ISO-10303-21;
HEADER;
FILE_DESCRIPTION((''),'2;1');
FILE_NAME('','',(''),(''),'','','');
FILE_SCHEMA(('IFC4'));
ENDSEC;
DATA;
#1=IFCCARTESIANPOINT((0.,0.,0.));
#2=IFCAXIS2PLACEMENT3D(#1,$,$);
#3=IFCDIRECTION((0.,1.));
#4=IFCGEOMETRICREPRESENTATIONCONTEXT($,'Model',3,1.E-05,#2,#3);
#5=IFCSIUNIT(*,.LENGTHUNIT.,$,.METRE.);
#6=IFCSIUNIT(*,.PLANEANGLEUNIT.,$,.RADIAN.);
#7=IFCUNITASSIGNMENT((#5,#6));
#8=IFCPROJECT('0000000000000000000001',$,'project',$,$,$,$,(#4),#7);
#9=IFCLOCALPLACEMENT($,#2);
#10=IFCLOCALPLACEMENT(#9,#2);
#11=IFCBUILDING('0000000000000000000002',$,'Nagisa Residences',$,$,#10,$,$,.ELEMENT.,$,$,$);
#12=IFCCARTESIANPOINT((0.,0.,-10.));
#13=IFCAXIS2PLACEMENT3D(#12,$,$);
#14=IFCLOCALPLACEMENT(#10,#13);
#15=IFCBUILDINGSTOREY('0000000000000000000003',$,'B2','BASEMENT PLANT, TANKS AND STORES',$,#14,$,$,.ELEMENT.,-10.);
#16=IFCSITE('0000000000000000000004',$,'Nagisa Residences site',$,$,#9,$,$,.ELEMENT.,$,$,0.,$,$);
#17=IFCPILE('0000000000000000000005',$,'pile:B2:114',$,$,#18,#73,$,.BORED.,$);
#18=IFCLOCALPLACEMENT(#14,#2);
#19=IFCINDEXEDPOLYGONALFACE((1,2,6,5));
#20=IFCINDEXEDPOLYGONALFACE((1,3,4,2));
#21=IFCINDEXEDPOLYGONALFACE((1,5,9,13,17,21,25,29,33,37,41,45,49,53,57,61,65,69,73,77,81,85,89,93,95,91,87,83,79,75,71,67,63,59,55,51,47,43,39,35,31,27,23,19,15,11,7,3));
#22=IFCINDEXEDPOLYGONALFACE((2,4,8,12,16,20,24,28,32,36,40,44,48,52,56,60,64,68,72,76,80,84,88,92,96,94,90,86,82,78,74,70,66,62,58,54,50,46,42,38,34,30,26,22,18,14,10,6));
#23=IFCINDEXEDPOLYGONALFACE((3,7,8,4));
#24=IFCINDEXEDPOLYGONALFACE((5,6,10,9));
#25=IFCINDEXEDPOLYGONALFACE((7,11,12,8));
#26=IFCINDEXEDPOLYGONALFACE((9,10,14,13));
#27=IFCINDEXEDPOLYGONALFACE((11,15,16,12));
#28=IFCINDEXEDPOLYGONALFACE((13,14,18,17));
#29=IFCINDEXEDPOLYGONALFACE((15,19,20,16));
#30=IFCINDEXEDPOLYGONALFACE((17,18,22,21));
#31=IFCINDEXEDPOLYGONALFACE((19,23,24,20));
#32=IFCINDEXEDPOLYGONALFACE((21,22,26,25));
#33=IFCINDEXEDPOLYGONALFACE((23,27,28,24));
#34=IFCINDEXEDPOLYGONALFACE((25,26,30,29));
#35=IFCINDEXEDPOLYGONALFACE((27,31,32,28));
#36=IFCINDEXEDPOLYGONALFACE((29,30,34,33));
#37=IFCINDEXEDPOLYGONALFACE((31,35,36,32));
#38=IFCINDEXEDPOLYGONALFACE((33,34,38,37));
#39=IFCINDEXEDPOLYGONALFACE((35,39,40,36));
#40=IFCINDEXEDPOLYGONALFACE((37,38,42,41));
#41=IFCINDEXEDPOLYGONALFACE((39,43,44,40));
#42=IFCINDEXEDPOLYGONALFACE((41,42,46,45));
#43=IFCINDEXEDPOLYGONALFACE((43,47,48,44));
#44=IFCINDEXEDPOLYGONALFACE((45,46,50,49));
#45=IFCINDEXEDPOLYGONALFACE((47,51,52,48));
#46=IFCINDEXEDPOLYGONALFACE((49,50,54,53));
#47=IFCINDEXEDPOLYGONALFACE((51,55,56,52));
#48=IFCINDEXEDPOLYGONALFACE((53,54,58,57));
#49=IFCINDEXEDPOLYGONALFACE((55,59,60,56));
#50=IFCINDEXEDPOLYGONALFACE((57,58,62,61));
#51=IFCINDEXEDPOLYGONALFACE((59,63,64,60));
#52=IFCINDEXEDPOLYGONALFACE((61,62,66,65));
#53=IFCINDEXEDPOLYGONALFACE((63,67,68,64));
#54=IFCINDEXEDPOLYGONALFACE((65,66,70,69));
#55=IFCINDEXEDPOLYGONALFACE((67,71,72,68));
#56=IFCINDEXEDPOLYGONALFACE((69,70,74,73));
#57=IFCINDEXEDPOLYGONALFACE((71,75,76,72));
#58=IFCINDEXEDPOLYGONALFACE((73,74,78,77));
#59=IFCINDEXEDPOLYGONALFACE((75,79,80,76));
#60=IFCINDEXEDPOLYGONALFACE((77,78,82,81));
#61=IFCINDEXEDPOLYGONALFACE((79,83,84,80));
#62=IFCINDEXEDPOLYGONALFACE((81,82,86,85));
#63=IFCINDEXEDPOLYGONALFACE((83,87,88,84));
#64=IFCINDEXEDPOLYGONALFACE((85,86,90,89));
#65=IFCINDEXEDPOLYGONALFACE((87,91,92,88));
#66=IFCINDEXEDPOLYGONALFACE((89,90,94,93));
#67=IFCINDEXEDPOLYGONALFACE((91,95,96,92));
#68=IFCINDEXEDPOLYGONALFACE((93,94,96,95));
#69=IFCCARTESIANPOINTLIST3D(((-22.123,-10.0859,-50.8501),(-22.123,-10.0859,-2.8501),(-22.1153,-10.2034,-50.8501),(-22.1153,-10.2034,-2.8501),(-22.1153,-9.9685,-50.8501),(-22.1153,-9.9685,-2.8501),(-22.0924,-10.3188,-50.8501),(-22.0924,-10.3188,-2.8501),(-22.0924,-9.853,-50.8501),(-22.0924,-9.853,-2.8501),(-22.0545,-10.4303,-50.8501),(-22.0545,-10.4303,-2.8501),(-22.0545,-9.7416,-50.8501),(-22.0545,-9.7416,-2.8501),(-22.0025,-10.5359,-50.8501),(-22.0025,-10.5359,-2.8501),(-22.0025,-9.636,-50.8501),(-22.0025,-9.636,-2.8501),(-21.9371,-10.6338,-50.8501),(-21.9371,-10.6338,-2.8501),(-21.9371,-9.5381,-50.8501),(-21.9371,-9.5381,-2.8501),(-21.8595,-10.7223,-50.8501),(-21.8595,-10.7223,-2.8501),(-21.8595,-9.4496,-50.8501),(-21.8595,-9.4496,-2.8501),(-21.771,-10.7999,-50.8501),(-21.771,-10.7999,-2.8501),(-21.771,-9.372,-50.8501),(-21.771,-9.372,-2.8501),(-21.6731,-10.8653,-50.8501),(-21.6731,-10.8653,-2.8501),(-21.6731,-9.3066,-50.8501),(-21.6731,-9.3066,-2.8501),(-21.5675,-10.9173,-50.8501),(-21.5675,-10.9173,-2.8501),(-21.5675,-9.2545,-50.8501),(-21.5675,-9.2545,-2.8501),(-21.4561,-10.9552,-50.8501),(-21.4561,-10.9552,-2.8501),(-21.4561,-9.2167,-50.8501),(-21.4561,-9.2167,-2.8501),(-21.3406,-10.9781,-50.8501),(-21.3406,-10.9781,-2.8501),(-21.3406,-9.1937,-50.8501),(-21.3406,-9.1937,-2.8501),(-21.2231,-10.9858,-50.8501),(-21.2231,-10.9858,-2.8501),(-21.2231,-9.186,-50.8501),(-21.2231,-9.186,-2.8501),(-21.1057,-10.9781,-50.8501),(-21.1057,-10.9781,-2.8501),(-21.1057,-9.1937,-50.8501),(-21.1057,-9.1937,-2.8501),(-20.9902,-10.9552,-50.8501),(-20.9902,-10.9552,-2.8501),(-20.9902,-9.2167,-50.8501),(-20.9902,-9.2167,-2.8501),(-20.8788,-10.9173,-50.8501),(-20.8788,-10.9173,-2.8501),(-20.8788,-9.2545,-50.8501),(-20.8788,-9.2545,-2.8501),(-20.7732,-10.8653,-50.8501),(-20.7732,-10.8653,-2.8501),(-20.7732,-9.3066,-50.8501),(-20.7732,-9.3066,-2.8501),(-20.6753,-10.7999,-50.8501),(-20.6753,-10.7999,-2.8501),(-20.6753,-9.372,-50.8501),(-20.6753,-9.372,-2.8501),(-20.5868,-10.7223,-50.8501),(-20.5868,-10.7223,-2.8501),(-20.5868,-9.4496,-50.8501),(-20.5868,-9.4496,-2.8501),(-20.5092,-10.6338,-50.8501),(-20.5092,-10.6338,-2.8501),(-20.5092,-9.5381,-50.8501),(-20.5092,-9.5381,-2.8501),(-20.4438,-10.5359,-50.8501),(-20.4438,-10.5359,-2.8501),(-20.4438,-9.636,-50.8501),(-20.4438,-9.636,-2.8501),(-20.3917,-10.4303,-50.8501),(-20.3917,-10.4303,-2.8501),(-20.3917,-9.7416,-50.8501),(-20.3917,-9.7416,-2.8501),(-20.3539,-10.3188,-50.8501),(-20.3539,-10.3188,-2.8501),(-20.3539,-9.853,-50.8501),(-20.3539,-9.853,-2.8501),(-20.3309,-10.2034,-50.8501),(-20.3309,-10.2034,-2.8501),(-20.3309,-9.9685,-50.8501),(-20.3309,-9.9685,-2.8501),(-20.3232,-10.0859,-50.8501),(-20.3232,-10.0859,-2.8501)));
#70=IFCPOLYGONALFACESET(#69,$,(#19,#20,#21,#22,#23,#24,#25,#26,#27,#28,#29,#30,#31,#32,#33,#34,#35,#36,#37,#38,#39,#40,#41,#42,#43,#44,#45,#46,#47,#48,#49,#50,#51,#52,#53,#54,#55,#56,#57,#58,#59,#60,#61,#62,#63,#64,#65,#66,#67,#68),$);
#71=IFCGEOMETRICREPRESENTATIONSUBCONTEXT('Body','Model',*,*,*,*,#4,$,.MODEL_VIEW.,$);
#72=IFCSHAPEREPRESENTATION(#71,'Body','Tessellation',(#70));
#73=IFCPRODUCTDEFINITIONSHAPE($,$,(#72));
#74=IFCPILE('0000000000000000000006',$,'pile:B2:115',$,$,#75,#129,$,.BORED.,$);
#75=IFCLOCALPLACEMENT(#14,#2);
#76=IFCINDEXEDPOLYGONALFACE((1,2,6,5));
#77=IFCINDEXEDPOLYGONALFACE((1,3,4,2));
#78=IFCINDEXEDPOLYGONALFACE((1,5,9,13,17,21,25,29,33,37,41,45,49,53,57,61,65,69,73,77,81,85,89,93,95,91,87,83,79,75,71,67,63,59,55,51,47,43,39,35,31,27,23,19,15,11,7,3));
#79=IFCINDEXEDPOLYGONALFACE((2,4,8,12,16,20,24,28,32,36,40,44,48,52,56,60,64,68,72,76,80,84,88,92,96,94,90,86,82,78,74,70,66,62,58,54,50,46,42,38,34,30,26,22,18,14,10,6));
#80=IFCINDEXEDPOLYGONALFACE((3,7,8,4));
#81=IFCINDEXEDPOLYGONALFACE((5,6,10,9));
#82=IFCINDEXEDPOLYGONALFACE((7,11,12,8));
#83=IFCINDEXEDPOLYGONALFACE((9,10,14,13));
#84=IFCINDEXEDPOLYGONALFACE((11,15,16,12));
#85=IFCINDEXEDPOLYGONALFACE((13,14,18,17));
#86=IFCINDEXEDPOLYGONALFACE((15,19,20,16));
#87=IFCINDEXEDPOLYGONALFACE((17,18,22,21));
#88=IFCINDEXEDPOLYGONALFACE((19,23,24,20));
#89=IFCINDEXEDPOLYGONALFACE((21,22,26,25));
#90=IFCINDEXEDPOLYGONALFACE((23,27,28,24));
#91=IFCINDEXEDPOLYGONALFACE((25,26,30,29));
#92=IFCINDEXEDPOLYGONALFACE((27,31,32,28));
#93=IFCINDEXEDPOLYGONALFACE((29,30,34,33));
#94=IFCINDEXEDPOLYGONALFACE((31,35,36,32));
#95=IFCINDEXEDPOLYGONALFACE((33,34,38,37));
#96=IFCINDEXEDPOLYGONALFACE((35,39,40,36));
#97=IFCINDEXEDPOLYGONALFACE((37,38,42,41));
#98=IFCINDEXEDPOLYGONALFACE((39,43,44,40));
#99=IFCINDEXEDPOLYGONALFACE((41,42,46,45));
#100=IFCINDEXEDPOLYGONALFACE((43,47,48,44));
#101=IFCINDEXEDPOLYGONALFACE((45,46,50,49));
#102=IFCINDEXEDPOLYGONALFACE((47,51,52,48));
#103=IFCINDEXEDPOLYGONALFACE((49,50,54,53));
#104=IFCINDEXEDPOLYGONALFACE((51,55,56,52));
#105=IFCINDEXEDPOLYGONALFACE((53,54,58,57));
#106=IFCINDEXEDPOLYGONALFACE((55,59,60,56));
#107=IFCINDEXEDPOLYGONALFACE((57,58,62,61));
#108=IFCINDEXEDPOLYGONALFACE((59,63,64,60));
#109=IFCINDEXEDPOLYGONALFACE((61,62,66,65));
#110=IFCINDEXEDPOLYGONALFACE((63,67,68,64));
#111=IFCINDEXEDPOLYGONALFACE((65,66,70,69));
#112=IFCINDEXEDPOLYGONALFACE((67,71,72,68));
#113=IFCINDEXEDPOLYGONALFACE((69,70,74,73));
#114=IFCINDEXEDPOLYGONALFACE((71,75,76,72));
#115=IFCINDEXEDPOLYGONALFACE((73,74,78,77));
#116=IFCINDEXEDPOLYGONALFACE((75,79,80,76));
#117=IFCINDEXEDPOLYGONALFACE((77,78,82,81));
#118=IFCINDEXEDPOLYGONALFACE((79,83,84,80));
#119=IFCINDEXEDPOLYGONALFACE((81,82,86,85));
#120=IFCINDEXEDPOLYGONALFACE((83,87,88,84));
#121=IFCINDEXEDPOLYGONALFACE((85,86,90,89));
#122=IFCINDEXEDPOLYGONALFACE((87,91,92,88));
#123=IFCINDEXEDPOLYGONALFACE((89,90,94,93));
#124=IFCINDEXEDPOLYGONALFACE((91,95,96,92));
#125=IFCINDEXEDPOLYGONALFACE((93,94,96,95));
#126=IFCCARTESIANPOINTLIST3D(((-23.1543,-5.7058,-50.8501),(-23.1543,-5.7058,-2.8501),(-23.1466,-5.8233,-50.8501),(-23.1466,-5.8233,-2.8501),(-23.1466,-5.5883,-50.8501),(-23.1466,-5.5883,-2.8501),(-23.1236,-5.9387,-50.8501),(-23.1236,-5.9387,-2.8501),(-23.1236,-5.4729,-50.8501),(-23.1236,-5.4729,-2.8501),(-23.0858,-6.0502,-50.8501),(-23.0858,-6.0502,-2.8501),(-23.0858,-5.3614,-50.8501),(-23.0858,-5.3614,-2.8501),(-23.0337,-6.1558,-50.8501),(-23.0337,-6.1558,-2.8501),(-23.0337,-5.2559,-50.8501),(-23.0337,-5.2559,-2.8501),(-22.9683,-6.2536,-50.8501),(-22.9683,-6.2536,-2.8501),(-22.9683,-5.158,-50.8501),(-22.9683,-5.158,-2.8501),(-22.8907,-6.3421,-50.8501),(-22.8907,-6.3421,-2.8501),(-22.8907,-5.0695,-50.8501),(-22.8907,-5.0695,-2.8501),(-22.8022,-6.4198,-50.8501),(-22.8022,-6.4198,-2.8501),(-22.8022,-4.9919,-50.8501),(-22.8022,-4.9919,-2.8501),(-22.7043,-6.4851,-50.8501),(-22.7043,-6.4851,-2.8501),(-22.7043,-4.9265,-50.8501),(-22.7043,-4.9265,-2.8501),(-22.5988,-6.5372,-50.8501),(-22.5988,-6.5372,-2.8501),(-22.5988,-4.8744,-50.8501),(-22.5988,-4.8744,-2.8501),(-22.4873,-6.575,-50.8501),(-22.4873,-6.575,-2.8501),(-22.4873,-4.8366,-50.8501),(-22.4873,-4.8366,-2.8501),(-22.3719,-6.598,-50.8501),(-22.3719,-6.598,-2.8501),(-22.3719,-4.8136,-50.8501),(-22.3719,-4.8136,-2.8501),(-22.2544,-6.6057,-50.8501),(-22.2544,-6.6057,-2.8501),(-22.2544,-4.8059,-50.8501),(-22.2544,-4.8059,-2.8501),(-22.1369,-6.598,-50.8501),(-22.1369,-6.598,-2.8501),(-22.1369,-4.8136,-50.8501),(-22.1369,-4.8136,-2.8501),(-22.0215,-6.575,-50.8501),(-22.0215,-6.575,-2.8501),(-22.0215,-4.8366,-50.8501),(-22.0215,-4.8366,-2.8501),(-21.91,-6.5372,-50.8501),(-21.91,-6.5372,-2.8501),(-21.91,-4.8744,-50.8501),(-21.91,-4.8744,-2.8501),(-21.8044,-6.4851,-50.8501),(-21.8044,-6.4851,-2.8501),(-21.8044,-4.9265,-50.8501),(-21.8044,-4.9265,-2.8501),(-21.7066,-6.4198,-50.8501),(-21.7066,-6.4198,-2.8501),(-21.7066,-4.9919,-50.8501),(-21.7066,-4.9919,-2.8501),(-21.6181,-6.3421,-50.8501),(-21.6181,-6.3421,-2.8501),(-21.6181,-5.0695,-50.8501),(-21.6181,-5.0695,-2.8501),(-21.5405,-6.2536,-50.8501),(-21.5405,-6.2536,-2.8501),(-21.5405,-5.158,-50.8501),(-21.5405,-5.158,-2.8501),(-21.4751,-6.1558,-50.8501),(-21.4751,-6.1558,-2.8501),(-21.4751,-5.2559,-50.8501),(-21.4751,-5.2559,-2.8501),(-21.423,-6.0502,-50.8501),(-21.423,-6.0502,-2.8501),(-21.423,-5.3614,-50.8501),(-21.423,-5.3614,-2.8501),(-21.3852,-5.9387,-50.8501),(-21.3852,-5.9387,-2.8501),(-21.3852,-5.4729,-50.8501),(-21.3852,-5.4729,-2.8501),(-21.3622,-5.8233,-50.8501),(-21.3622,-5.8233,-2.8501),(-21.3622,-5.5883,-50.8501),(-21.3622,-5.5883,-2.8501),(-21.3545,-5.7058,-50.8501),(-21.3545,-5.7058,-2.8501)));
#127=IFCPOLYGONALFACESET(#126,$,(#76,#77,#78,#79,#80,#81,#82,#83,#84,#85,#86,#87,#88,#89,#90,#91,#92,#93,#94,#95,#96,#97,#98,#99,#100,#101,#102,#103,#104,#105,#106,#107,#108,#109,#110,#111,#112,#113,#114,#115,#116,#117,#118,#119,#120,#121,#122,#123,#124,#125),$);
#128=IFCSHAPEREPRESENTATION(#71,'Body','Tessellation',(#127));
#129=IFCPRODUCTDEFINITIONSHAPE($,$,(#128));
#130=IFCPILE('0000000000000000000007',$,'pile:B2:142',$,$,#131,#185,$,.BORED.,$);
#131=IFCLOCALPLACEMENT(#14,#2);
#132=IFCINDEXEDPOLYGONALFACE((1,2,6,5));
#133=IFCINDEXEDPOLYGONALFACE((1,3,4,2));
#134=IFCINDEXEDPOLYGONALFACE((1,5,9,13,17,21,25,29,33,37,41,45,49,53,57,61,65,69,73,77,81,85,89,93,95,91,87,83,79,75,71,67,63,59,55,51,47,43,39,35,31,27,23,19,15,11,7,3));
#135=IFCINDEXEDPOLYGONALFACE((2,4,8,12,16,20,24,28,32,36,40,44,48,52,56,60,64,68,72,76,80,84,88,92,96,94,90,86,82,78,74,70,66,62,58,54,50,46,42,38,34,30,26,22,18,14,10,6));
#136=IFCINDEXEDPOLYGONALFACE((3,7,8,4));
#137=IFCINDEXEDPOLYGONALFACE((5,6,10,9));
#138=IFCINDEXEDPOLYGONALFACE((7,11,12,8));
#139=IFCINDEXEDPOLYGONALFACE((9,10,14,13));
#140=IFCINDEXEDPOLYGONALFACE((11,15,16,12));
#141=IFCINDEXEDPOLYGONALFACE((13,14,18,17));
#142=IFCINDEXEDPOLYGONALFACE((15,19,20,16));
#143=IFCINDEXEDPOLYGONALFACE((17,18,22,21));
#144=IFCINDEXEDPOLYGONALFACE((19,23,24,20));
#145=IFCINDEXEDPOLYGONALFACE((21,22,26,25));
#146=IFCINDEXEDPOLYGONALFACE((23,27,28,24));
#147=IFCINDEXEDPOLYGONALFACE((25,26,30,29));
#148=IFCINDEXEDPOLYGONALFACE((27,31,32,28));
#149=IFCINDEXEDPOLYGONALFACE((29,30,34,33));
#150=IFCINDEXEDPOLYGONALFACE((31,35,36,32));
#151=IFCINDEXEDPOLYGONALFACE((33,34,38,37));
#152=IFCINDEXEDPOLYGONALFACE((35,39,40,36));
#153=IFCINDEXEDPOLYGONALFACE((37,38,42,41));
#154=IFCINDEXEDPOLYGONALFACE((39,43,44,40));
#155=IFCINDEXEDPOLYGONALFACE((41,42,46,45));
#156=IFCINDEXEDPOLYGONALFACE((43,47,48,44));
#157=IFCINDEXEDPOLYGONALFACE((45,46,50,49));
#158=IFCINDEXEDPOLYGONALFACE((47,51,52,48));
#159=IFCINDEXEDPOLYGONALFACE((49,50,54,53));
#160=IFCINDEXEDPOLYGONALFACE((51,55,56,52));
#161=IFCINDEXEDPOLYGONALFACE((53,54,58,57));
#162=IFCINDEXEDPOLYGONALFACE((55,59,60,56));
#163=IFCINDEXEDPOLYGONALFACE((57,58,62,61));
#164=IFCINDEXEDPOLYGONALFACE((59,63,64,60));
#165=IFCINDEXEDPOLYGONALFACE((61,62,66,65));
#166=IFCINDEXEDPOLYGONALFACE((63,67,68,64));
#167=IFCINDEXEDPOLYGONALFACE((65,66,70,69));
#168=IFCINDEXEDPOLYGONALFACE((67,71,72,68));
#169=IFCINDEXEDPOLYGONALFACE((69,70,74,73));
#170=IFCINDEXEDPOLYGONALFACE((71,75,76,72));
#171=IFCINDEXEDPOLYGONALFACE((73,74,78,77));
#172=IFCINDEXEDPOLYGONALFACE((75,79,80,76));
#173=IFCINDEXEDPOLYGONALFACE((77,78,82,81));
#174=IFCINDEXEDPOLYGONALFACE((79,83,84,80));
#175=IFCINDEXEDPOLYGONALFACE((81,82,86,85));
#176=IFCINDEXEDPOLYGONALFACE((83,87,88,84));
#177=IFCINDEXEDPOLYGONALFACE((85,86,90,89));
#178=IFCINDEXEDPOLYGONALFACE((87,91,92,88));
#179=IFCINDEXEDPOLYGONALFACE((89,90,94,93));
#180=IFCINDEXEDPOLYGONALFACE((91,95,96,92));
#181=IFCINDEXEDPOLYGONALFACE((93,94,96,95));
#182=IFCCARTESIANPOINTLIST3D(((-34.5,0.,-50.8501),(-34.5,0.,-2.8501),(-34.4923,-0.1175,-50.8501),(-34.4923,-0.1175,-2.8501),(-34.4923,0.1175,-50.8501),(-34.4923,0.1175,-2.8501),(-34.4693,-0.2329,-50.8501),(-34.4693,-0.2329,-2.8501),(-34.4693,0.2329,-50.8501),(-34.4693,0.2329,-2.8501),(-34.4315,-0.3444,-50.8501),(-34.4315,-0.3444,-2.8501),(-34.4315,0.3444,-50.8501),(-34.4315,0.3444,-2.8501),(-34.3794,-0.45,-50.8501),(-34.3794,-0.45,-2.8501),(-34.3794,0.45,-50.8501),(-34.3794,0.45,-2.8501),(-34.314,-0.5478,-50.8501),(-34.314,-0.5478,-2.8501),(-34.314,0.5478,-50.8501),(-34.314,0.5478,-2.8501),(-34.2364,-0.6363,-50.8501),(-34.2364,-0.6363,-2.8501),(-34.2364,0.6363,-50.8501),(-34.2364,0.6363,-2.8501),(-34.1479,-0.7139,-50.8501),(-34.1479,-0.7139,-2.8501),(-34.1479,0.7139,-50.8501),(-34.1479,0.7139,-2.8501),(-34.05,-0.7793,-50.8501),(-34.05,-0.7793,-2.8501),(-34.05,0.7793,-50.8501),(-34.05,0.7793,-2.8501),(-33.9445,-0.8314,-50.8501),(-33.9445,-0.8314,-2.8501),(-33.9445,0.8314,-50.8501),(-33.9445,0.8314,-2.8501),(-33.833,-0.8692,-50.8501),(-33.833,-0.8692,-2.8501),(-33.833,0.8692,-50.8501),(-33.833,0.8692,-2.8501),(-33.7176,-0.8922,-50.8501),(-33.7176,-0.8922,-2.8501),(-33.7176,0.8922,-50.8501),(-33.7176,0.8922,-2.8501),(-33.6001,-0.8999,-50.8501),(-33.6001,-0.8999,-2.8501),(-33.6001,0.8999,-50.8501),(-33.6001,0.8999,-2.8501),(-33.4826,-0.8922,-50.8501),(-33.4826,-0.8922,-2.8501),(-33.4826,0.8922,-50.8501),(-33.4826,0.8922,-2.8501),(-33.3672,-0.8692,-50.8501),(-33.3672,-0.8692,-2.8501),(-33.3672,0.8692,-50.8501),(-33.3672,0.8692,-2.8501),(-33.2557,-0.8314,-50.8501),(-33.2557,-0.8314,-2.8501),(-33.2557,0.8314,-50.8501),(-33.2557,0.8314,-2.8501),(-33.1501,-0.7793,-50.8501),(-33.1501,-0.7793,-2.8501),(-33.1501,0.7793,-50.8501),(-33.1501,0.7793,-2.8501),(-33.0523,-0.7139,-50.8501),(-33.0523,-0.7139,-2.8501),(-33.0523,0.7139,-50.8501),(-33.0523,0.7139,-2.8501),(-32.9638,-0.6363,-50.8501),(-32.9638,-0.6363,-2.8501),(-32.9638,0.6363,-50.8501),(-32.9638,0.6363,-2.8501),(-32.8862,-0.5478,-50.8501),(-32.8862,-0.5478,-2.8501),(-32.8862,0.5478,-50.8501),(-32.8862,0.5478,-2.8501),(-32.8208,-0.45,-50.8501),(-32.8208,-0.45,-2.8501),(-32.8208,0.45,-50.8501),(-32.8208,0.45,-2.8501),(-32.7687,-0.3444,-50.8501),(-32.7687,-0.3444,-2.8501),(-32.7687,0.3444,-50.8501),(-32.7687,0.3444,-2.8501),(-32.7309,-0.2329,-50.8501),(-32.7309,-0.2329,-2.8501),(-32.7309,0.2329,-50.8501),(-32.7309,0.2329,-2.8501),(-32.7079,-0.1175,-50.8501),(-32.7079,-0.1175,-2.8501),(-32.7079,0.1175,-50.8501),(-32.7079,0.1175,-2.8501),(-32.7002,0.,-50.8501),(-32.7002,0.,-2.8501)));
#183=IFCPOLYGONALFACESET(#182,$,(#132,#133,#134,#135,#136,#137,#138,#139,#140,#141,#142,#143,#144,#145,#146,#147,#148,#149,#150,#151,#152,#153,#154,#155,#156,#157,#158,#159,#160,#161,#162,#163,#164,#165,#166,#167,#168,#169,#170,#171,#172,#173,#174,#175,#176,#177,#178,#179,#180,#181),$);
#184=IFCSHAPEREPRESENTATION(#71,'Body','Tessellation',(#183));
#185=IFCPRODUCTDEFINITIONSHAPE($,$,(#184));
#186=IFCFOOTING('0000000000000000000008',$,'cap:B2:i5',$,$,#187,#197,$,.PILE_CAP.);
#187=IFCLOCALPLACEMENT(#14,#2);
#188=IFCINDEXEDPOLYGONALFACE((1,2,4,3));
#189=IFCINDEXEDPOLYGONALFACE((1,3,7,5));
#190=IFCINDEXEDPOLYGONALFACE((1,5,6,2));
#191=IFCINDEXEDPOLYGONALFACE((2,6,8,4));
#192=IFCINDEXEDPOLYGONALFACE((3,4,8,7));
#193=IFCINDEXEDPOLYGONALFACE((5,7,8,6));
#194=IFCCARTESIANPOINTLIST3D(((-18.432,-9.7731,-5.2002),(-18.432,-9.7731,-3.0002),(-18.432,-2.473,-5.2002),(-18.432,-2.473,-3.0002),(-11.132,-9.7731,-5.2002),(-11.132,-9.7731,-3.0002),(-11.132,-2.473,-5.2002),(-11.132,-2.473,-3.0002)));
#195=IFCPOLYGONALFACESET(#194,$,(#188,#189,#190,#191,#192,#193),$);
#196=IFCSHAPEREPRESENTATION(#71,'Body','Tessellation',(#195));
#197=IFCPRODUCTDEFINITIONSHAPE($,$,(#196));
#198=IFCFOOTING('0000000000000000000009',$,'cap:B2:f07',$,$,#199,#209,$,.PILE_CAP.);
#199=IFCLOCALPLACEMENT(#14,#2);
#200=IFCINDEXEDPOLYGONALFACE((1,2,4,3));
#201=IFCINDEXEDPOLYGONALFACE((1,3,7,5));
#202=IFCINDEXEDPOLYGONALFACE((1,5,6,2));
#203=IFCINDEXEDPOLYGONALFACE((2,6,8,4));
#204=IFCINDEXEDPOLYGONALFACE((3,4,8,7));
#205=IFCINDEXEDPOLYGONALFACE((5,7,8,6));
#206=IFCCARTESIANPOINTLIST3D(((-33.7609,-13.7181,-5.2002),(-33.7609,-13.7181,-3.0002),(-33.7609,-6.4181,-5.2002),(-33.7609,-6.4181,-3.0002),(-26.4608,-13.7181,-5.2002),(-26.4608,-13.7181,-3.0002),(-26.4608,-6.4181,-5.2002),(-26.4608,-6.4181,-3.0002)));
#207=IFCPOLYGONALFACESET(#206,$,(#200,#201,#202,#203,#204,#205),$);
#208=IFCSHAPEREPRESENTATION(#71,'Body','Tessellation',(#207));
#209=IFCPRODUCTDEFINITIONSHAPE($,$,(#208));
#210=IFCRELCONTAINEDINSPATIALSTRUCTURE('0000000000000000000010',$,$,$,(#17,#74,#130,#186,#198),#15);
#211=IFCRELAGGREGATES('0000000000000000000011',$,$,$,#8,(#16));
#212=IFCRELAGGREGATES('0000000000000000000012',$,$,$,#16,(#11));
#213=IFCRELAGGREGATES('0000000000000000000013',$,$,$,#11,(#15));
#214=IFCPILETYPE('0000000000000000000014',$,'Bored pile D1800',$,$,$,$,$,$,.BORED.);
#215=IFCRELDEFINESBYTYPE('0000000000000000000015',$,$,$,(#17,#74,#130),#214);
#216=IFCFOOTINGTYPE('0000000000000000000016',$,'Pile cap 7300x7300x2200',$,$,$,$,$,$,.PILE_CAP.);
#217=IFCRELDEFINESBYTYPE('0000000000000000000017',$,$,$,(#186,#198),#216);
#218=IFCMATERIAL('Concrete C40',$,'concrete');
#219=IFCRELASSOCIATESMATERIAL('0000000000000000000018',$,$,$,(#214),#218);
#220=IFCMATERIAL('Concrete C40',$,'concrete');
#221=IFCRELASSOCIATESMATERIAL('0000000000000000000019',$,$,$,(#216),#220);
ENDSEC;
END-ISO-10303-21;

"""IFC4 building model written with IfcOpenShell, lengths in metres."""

from ifc_helpers import new_model, si_unit, direction, frame, origin, origin_2d, place, context, subcontext, project, spatial, rectangle, circle, extrude, material, material_profile, profile_set, type_object, element, save


model = new_model("IFC4")

# Units and contexts
model_context = context("Model", 3, precision=1e-05, world=origin(), true_north=direction((0.0, 1.0)))
body_context = subcontext(model_context, "Body", "Model", "MODEL_VIEW")
ifc_project = project(units=[si_unit("LENGTHUNIT", "METRE"), si_unit("PLANEANGLEUNIT", "RADIAN")], contexts=[model_context])

# Site, building, storey
site_placement = place(None, origin())
site = spatial("IfcSite", under=ifc_project, at=site_placement, Name="Nagisa Residences site", CompositionType="ELEMENT", RefElevation=0.0)
building_placement = place(site_placement, origin())
building = spatial("IfcBuilding", under=site, at=building_placement, Name="Nagisa Residences", CompositionType="ELEMENT")
storey_placement = place(building_placement, frame((0.0, 0.0, -10.0)))
storey = spatial("IfcBuildingStorey", under=building, at=storey_placement, Name="B2", Description="BASEMENT PLANT, TANKS AND STORES", CompositionType="ELEMENT", Elevation=-10.0)

# Piles
ifc_material_1 = material(Name="Concrete C40", Category="concrete")
ifc_material_profile_1 = material_profile(ifc_material_1, circle(Radius=0.8999, at=origin_2d()), Name="Bored pile D1800")
ifc_profile_set_1 = profile_set([ifc_material_profile_1], Name="Concrete C40")
pile_type = type_object("IfcPileType", Name="Bored pile D1800", PredefinedType="BORED", material=ifc_profile_set_1)
for number, where, z_axis, x_axis, name in (
    (1, (-21.2231, -10.0859, -2.8501), (0.0, 0.0, -1.0), (1.0, 0.0, 0.0), "pile:B2:114"),
    (2, (-22.2544, -5.7058, -2.8501), (0.0, 0.0, -1.0), (1.0, 0.0, 0.0), "pile:B2:115"),
    (3, (-33.6001, 0.0, -2.8501), (0.0, 0.0, -1.0), (1.0, 0.0, 0.0), "pile:B2:142"),
):
    element("IfcPile", number, at=place(storey_placement, frame(where, z_axis=z_axis, x_axis=x_axis)), inside=storey, type_object=pile_type, Name=name, PredefinedType="BORED", context=body_context, shape_type="SweptSolid", body=[
        extrude(circle(Radius=0.8999, at=origin_2d()), origin(), (0.0, 0.0, 1.0), 48.0),
    ])

# Footings
ifc_material_2 = material(Name="Concrete C40", Category="concrete")
footing_type = type_object("IfcFootingType", Name="Pile cap 7300x7300x2200", PredefinedType="PILE_CAP", material=ifc_material_2)
for number, where, z_axis, x_axis, name in (
    (4, (-14.782, -6.123, -5.2002), (0.0, 0.0, 1.0), (1.0, 0.0, 0.0), "cap:B2:i5"),
    (5, (-30.1108, -10.0681, -5.2002), (0.0, 0.0, 1.0), (1.0, 0.0, 0.0), "cap:B2:f07"),
):
    element("IfcFooting", number, at=place(storey_placement, frame(where, z_axis=z_axis, x_axis=x_axis)), inside=storey, type_object=footing_type, Name=name, PredefinedType="PILE_CAP", context=body_context, shape_type="SweptSolid", body=[
        extrude(rectangle(XDim=7.3, YDim=7.3, at=origin_2d()), origin(), (0.0, 0.0, 1.0), 2.2),
    ])

save(model, "model.ifc")
